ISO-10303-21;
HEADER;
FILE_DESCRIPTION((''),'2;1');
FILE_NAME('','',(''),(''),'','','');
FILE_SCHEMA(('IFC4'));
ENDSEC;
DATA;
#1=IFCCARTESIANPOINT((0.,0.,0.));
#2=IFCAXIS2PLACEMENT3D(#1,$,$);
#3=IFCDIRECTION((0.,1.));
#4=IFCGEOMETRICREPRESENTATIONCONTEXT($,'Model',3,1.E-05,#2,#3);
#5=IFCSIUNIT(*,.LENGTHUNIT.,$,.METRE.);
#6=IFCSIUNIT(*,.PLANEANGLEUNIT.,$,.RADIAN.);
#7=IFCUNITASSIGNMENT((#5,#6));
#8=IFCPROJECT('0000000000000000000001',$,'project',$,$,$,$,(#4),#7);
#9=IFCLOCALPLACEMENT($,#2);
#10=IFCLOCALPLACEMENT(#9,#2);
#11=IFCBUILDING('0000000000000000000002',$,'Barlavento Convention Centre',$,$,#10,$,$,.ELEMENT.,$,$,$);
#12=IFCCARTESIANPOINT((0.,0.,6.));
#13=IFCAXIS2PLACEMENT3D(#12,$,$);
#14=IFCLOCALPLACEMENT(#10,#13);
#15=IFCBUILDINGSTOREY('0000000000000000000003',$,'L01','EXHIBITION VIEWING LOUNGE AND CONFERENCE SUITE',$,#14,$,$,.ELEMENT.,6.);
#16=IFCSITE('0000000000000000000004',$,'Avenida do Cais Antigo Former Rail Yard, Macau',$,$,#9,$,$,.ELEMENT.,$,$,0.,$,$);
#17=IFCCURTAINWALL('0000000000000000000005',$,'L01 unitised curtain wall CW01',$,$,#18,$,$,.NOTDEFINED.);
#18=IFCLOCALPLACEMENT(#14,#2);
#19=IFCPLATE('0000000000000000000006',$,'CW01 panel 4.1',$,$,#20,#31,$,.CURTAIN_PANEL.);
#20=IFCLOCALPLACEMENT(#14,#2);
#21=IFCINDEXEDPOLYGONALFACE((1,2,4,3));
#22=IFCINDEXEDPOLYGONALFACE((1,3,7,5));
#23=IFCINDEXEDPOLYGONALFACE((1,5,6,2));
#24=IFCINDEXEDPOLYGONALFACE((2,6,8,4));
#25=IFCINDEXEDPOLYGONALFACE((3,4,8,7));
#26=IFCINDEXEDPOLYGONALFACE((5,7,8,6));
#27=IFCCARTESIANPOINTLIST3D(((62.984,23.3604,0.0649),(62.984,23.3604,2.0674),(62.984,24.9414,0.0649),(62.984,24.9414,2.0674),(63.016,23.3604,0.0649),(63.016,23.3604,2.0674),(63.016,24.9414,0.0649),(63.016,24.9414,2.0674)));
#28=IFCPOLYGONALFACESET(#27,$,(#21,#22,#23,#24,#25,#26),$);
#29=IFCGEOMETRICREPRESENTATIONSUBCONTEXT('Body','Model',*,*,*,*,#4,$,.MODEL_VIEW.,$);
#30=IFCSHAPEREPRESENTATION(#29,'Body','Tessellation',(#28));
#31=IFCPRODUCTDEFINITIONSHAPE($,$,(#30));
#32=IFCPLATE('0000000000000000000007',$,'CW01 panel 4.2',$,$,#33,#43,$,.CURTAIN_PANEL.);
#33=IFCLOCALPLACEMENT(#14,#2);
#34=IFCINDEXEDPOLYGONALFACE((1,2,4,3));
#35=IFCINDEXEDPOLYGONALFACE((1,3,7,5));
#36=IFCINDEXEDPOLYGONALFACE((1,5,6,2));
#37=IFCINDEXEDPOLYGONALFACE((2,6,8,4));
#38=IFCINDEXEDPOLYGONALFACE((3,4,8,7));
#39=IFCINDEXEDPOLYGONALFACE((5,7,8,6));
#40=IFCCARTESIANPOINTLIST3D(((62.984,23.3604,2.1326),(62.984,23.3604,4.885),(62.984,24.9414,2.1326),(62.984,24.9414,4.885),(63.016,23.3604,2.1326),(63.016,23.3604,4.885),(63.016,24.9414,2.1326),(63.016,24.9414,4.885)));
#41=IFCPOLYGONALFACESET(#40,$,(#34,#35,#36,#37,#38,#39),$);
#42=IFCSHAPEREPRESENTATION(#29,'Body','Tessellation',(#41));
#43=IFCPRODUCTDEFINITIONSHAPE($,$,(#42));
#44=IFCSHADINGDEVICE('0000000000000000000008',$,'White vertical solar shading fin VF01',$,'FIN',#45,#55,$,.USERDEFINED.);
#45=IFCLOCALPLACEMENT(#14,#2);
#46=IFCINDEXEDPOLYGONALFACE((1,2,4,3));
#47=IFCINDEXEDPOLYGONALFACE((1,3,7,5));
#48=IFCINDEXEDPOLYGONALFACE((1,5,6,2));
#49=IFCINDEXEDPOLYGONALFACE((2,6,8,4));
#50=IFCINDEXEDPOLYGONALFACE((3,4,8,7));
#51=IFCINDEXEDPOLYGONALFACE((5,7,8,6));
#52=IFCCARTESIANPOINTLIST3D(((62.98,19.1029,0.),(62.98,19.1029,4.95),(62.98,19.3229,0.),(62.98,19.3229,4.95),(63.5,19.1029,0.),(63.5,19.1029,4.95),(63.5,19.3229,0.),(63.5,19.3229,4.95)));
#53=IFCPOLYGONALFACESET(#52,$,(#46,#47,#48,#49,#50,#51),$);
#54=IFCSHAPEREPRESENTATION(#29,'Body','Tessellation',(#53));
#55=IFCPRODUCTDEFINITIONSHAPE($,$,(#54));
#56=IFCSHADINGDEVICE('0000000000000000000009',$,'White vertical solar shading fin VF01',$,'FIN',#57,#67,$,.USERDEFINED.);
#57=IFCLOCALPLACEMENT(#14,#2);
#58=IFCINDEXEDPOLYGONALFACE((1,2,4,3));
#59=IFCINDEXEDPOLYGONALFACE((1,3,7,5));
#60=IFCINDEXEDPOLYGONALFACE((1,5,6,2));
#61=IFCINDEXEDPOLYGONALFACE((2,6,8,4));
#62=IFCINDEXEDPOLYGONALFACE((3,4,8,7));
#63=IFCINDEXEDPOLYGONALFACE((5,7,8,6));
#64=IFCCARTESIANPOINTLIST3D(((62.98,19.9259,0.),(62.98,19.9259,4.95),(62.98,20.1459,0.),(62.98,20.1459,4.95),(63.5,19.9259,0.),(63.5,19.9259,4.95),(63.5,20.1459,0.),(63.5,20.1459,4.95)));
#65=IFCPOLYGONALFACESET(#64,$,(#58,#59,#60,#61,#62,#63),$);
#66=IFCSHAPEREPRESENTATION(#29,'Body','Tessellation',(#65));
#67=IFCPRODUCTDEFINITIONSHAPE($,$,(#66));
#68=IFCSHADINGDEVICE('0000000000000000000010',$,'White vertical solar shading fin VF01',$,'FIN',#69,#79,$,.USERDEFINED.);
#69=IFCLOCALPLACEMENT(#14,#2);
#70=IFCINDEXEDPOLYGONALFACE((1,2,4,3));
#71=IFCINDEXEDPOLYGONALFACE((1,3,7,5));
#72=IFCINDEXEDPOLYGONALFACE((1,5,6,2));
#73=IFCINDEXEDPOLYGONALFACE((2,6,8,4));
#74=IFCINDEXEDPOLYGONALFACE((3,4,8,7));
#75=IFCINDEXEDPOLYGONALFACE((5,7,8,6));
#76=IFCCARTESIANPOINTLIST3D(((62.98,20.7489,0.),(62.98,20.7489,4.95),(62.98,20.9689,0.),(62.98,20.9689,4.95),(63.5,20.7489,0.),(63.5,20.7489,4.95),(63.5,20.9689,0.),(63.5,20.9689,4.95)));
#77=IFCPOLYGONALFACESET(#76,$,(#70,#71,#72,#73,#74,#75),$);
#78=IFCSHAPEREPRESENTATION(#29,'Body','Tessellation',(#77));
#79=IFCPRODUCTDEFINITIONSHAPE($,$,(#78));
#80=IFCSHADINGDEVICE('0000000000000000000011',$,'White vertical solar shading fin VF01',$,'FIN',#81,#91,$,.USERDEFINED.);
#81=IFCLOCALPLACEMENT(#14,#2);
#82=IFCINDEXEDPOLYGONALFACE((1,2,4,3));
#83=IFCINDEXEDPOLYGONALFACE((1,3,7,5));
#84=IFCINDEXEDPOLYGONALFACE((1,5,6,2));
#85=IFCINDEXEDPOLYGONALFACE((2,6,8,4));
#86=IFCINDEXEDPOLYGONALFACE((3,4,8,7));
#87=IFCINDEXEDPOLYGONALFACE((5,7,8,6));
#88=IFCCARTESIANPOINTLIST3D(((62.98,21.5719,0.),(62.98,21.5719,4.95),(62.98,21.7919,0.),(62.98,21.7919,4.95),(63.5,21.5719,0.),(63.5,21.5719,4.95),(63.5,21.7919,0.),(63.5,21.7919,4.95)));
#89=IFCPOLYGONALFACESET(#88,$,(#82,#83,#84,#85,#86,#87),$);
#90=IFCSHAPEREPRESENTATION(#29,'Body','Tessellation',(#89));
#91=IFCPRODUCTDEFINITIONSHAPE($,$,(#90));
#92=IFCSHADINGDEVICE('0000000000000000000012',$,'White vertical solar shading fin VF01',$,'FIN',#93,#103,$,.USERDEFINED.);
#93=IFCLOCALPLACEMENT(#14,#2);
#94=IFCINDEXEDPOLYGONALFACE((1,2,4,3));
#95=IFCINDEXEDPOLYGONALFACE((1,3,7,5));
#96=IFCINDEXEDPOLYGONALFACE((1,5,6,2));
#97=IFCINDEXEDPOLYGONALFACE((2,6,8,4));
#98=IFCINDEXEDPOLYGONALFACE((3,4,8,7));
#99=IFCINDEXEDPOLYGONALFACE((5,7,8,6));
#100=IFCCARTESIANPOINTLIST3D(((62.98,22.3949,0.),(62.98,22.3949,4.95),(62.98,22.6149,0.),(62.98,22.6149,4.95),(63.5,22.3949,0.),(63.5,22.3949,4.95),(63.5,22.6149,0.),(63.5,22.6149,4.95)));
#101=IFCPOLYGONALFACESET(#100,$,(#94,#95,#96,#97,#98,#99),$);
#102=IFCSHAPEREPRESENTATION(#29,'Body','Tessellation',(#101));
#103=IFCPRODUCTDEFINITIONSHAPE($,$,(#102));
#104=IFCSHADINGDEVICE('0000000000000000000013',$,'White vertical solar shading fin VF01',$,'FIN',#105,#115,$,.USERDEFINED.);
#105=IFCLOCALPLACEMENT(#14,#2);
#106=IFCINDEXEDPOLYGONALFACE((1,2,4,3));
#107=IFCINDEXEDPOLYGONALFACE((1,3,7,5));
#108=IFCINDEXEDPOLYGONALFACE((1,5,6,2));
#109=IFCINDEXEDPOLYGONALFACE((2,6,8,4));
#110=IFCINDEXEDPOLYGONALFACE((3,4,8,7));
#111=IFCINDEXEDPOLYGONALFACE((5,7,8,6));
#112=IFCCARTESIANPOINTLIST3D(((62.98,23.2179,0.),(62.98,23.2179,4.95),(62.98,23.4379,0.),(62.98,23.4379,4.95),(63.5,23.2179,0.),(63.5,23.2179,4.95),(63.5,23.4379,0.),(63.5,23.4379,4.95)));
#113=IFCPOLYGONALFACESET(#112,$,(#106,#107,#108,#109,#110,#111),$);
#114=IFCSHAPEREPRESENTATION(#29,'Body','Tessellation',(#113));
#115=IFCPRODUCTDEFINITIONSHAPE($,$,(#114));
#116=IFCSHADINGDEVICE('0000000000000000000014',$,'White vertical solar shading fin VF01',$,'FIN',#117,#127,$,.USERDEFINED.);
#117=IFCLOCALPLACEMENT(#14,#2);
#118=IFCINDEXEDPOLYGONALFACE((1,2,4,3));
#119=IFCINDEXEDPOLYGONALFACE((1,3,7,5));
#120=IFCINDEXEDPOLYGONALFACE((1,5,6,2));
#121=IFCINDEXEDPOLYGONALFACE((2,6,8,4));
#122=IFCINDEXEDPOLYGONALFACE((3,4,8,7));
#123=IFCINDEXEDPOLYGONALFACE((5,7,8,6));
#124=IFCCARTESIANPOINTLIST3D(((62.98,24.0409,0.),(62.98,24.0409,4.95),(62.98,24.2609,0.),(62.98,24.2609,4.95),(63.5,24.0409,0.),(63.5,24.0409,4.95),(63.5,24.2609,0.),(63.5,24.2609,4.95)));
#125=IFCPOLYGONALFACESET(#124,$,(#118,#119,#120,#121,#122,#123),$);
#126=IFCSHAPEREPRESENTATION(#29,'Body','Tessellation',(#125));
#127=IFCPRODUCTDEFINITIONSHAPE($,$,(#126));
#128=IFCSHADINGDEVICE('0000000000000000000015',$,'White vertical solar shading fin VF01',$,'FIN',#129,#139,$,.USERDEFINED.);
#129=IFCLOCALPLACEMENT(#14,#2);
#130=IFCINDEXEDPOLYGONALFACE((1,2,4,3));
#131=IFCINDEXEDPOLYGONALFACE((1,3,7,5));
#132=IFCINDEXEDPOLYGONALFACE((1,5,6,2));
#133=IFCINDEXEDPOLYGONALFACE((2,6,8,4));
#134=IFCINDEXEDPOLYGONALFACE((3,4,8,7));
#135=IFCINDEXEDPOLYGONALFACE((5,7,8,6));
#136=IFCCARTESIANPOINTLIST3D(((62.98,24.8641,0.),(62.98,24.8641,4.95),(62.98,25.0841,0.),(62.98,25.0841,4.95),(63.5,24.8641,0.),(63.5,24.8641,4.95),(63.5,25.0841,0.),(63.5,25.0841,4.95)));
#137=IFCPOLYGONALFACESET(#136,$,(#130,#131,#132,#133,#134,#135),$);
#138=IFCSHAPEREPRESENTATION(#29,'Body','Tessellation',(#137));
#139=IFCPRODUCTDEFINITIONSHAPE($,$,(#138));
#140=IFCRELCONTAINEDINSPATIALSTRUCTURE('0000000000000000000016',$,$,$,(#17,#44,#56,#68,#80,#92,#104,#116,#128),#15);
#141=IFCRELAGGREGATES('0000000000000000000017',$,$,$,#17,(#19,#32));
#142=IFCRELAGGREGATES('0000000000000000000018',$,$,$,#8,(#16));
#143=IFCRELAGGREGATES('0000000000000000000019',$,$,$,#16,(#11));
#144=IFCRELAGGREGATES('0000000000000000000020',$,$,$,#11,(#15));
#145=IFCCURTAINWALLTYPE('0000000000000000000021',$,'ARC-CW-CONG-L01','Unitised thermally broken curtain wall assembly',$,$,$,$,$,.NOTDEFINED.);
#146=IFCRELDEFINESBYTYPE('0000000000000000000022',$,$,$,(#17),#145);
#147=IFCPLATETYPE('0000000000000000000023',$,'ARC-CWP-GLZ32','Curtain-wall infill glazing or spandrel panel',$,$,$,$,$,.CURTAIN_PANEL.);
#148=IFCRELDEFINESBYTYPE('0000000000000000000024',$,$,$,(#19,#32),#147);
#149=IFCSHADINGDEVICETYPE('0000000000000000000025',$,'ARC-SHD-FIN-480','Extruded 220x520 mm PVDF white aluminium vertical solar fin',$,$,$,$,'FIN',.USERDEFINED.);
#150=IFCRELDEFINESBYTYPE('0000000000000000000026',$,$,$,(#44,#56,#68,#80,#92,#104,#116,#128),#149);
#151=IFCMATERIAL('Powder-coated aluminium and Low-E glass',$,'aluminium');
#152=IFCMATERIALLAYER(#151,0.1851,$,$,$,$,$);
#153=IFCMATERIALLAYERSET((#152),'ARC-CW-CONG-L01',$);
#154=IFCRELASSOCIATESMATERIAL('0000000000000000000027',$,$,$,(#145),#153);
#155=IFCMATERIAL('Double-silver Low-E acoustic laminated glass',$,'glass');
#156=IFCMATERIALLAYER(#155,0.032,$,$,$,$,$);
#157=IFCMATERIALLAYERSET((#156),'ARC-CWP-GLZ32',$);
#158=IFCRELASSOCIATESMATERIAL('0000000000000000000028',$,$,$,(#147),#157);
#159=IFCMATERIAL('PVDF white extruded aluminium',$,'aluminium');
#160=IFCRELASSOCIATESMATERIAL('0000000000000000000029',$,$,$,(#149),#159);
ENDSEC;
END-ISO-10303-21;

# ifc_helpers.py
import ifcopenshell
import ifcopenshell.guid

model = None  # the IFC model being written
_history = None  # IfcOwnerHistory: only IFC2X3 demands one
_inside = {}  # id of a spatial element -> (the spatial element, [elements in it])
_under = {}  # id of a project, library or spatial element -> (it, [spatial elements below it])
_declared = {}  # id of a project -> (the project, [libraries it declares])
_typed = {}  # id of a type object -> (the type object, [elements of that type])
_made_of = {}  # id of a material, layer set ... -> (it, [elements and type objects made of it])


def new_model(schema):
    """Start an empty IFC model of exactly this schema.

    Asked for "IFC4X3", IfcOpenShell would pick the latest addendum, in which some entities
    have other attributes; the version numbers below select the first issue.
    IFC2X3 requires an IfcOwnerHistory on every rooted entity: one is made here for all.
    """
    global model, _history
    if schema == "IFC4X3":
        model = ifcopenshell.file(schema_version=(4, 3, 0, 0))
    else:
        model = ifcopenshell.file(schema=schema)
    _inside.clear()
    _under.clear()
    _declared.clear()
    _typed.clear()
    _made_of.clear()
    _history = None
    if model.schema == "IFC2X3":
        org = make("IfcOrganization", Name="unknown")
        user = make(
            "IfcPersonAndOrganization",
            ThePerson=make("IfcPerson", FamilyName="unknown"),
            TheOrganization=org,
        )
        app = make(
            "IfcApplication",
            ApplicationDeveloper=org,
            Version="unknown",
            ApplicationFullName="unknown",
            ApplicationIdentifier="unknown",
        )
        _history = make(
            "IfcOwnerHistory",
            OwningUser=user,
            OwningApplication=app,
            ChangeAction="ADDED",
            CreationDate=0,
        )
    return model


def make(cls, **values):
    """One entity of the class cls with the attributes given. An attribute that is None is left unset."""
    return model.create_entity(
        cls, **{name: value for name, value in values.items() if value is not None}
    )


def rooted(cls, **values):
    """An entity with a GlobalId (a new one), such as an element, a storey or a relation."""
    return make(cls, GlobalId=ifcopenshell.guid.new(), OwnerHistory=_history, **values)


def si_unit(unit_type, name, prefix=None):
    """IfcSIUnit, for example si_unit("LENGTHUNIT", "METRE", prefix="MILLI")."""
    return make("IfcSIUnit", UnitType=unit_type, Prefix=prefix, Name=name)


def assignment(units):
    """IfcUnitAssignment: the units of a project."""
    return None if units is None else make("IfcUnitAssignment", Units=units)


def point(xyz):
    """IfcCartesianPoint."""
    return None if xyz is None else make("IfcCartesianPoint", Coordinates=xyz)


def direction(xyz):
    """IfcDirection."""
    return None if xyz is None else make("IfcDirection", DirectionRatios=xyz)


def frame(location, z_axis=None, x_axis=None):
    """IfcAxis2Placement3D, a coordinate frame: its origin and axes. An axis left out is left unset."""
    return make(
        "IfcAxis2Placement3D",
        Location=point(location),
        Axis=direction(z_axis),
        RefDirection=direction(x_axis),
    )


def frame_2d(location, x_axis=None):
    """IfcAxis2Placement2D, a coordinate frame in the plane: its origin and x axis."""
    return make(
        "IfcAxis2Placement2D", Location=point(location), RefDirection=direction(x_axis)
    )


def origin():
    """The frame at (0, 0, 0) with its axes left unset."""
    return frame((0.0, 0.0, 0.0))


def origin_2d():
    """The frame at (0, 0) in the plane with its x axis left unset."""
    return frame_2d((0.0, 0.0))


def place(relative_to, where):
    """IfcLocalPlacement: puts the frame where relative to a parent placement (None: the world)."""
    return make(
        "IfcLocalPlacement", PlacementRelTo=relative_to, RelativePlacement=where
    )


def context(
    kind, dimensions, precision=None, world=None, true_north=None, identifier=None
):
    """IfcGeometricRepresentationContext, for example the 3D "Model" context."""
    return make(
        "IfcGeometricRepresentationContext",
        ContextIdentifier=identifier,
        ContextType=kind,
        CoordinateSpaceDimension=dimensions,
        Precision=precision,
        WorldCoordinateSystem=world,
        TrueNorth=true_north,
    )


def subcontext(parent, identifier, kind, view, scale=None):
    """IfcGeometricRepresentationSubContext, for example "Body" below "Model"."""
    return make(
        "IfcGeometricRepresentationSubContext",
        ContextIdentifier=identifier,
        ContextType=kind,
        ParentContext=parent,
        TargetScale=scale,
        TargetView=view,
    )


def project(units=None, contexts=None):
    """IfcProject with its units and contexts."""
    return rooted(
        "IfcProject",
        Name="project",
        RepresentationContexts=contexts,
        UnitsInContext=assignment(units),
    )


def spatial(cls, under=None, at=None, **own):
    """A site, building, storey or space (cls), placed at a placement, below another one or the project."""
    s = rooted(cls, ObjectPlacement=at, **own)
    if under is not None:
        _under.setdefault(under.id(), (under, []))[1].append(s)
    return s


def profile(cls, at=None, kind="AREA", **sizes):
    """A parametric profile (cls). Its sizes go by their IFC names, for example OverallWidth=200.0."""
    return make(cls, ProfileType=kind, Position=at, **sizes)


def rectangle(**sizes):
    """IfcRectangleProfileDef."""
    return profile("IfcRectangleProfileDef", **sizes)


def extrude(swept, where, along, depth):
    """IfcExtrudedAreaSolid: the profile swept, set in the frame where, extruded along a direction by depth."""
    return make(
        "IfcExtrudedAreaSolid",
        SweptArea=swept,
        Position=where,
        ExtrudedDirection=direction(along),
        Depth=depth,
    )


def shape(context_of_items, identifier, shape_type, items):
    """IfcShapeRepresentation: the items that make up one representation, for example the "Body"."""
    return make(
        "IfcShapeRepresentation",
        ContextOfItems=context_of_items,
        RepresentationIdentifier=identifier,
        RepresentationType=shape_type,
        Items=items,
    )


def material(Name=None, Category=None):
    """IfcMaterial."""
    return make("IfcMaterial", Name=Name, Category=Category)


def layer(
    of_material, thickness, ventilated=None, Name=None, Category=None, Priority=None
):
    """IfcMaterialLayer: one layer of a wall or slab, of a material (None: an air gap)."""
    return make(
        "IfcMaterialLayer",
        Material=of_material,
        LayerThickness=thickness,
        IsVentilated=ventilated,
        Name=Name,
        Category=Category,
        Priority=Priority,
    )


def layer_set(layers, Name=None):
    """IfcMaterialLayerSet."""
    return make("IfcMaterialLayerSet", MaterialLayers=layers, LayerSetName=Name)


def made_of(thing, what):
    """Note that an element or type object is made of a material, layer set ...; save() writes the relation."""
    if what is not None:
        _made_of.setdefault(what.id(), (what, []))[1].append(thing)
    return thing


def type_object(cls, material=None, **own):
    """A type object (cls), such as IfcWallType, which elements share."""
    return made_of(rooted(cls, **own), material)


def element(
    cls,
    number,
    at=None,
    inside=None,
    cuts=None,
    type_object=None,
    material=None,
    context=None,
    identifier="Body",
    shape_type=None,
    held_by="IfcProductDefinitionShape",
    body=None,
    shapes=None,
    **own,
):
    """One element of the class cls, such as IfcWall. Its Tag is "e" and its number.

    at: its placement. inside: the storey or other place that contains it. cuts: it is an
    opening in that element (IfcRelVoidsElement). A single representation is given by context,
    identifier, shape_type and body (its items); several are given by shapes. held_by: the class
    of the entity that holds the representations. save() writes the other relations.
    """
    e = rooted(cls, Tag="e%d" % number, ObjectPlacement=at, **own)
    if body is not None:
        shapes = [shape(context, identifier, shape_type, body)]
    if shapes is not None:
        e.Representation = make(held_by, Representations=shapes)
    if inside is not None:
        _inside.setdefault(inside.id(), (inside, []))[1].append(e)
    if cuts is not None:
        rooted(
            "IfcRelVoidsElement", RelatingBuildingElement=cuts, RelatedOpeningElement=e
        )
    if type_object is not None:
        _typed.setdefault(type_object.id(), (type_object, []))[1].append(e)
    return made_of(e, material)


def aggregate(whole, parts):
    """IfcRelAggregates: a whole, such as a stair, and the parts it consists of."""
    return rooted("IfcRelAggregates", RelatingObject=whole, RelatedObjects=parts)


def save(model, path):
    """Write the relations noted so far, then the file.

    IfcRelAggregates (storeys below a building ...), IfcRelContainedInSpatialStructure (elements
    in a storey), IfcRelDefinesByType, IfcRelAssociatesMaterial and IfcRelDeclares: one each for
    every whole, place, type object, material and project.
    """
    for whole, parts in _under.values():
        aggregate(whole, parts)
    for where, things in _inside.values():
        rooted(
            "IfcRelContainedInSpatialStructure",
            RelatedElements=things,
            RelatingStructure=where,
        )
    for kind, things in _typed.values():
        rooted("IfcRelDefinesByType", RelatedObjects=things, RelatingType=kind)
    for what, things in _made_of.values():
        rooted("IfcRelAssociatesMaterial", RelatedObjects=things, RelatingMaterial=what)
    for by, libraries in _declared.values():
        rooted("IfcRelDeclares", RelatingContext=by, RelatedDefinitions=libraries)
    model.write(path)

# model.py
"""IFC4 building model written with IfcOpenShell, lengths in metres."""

from ifc_helpers import new_model, si_unit, direction, frame, origin, origin_2d, place, context, subcontext, project, spatial, rectangle, extrude, material, layer, layer_set, type_object, element, aggregate, save


model = new_model("IFC4")

# Units and contexts
model_context = context("Model", 3, precision=1e-05, world=origin(), true_north=direction((0.0, 1.0)))
body_context = subcontext(model_context, "Body", "Model", "MODEL_VIEW")
ifc_project = project(units=[si_unit("LENGTHUNIT", "METRE"), si_unit("PLANEANGLEUNIT", "RADIAN")], contexts=[model_context])

# Site, building, storey
site_placement = place(None, origin())
site = spatial("IfcSite", under=ifc_project, at=site_placement, Name="Avenida do Cais Antigo Former Rail Yard, Macau", CompositionType="ELEMENT", RefElevation=0.0)
building_placement = place(site_placement, origin())
building = spatial("IfcBuilding", under=site, at=building_placement, Name="Barlavento Convention Centre", CompositionType="ELEMENT")
storey_placement = place(building_placement, frame((0.0, 0.0, 6.0)))
storey = spatial("IfcBuildingStorey", under=building, at=storey_placement, Name="L01", Description="EXHIBITION VIEWING LOUNGE AND CONFERENCE SUITE", CompositionType="ELEMENT", Elevation=6.0)

# Curtain wall, plates
ifc_material_1 = material(Name="Powder-coated aluminium and Low-E glass", Category="aluminium")
ifc_layer_1 = layer(ifc_material_1, 0.1851)
ifc_layer_set_1 = layer_set([ifc_layer_1], Name="ARC-CW-CONG-L01")
curtain_wall_type = type_object("IfcCurtainWallType", Name="ARC-CW-CONG-L01", Description="Unitised thermally broken curtain wall assembly", PredefinedType="NOTDEFINED", material=ifc_layer_set_1)
curtain_wall_placement = place(storey_placement, origin())
curtain_wall = element("IfcCurtainWall", 1, at=curtain_wall_placement, inside=storey, type_object=curtain_wall_type, Name="L01 unitised curtain wall CW01", PredefinedType="NOTDEFINED")
ifc_material_2 = material(Name="Double-silver Low-E acoustic laminated glass", Category="glass")
ifc_layer_2 = layer(ifc_material_2, 0.032)
ifc_layer_set_2 = layer_set([ifc_layer_2], Name="ARC-CWP-GLZ32")
plate_type = type_object("IfcPlateType", Name="ARC-CWP-GLZ32", Description="Curtain-wall infill glazing or spandrel panel", PredefinedType="CURTAIN_PANEL", material=ifc_layer_set_2)
plate_1_placement = place(storey_placement, frame((63.0, 24.1509, 0.0649), z_axis=(0.0, 0.0, 1.0), x_axis=(0.0, 1.0, 0.0)))
plate_1 = element("IfcPlate", 2, at=plate_1_placement, type_object=plate_type, Name="CW01 panel 4.1", PredefinedType="CURTAIN_PANEL", context=body_context, shape_type="SweptSolid", body=[
    extrude(rectangle(XDim=1.5811, YDim=0.032, at=origin_2d()), origin(), (0.0, 0.0, 1.0), 2.0024),
])
plate_2_placement = place(storey_placement, frame((63.0, 24.1509, 2.1326), z_axis=(0.0, 0.0, 1.0), x_axis=(0.0, 1.0, 0.0)))
plate_2 = element("IfcPlate", 3, at=plate_2_placement, type_object=plate_type, Name="CW01 panel 4.2", PredefinedType="CURTAIN_PANEL", context=body_context, shape_type="SweptSolid", body=[
    extrude(rectangle(XDim=1.5811, YDim=0.032, at=origin_2d()), origin(), (0.0, 0.0, 1.0), 2.7524),
])
aggregate(curtain_wall, [plate_1, plate_2])

# Shading devices
ifc_material_3 = material(Name="PVDF white extruded aluminium", Category="aluminium")
shading_device_type = type_object("IfcShadingDeviceType", Name="ARC-SHD-FIN-480", Description="Extruded 220x520 mm PVDF white aluminium vertical solar fin", ElementType="FIN", PredefinedType="USERDEFINED", material=ifc_material_3)
for number, where, z_axis, x_axis, name in (
    (4, (63.24, 19.2129, 0.0), (0.0, 0.0, 1.0), (0.0, 1.0, 0.0), "White vertical solar shading fin VF01"),
    (5, (63.24, 20.0359, 0.0), (0.0, 0.0, 1.0), (0.0, 1.0, 0.0), "White vertical solar shading fin VF01"),
    (6, (63.24, 20.8589, 0.0), (0.0, 0.0, 1.0), (0.0, 1.0, 0.0), "White vertical solar shading fin VF01"),
    (7, (63.24, 21.6819, 0.0), (0.0, 0.0, 1.0), (0.0, 1.0, 0.0), "White vertical solar shading fin VF01"),
    (8, (63.24, 22.5049, 0.0), (0.0, 0.0, 1.0), (0.0, 1.0, 0.0), "White vertical solar shading fin VF01"),
    (9, (63.24, 23.3279, 0.0), (0.0, 0.0, 1.0), (0.0, 1.0, 0.0), "White vertical solar shading fin VF01"),
    (10, (63.24, 24.1509, 0.0), (0.0, 0.0, 1.0), (0.0, 1.0, 0.0), "White vertical solar shading fin VF01"),
    (11, (63.24, 24.9741, 0.0), (0.0, 0.0, 1.0), (0.0, 1.0, 0.0), "White vertical solar shading fin VF01"),
):
    element("IfcShadingDevice", number, at=place(storey_placement, frame(where, z_axis=z_axis, x_axis=x_axis)), inside=storey, type_object=shading_device_type, Name=name, ObjectType="FIN", PredefinedType="USERDEFINED", context=body_context, shape_type="SweptSolid", body=[
        extrude(rectangle(XDim=0.22, YDim=0.52, at=origin_2d()), origin(), (0.0, 0.0, 1.0), 4.95),
    ])

save(model, "model.ifc")
